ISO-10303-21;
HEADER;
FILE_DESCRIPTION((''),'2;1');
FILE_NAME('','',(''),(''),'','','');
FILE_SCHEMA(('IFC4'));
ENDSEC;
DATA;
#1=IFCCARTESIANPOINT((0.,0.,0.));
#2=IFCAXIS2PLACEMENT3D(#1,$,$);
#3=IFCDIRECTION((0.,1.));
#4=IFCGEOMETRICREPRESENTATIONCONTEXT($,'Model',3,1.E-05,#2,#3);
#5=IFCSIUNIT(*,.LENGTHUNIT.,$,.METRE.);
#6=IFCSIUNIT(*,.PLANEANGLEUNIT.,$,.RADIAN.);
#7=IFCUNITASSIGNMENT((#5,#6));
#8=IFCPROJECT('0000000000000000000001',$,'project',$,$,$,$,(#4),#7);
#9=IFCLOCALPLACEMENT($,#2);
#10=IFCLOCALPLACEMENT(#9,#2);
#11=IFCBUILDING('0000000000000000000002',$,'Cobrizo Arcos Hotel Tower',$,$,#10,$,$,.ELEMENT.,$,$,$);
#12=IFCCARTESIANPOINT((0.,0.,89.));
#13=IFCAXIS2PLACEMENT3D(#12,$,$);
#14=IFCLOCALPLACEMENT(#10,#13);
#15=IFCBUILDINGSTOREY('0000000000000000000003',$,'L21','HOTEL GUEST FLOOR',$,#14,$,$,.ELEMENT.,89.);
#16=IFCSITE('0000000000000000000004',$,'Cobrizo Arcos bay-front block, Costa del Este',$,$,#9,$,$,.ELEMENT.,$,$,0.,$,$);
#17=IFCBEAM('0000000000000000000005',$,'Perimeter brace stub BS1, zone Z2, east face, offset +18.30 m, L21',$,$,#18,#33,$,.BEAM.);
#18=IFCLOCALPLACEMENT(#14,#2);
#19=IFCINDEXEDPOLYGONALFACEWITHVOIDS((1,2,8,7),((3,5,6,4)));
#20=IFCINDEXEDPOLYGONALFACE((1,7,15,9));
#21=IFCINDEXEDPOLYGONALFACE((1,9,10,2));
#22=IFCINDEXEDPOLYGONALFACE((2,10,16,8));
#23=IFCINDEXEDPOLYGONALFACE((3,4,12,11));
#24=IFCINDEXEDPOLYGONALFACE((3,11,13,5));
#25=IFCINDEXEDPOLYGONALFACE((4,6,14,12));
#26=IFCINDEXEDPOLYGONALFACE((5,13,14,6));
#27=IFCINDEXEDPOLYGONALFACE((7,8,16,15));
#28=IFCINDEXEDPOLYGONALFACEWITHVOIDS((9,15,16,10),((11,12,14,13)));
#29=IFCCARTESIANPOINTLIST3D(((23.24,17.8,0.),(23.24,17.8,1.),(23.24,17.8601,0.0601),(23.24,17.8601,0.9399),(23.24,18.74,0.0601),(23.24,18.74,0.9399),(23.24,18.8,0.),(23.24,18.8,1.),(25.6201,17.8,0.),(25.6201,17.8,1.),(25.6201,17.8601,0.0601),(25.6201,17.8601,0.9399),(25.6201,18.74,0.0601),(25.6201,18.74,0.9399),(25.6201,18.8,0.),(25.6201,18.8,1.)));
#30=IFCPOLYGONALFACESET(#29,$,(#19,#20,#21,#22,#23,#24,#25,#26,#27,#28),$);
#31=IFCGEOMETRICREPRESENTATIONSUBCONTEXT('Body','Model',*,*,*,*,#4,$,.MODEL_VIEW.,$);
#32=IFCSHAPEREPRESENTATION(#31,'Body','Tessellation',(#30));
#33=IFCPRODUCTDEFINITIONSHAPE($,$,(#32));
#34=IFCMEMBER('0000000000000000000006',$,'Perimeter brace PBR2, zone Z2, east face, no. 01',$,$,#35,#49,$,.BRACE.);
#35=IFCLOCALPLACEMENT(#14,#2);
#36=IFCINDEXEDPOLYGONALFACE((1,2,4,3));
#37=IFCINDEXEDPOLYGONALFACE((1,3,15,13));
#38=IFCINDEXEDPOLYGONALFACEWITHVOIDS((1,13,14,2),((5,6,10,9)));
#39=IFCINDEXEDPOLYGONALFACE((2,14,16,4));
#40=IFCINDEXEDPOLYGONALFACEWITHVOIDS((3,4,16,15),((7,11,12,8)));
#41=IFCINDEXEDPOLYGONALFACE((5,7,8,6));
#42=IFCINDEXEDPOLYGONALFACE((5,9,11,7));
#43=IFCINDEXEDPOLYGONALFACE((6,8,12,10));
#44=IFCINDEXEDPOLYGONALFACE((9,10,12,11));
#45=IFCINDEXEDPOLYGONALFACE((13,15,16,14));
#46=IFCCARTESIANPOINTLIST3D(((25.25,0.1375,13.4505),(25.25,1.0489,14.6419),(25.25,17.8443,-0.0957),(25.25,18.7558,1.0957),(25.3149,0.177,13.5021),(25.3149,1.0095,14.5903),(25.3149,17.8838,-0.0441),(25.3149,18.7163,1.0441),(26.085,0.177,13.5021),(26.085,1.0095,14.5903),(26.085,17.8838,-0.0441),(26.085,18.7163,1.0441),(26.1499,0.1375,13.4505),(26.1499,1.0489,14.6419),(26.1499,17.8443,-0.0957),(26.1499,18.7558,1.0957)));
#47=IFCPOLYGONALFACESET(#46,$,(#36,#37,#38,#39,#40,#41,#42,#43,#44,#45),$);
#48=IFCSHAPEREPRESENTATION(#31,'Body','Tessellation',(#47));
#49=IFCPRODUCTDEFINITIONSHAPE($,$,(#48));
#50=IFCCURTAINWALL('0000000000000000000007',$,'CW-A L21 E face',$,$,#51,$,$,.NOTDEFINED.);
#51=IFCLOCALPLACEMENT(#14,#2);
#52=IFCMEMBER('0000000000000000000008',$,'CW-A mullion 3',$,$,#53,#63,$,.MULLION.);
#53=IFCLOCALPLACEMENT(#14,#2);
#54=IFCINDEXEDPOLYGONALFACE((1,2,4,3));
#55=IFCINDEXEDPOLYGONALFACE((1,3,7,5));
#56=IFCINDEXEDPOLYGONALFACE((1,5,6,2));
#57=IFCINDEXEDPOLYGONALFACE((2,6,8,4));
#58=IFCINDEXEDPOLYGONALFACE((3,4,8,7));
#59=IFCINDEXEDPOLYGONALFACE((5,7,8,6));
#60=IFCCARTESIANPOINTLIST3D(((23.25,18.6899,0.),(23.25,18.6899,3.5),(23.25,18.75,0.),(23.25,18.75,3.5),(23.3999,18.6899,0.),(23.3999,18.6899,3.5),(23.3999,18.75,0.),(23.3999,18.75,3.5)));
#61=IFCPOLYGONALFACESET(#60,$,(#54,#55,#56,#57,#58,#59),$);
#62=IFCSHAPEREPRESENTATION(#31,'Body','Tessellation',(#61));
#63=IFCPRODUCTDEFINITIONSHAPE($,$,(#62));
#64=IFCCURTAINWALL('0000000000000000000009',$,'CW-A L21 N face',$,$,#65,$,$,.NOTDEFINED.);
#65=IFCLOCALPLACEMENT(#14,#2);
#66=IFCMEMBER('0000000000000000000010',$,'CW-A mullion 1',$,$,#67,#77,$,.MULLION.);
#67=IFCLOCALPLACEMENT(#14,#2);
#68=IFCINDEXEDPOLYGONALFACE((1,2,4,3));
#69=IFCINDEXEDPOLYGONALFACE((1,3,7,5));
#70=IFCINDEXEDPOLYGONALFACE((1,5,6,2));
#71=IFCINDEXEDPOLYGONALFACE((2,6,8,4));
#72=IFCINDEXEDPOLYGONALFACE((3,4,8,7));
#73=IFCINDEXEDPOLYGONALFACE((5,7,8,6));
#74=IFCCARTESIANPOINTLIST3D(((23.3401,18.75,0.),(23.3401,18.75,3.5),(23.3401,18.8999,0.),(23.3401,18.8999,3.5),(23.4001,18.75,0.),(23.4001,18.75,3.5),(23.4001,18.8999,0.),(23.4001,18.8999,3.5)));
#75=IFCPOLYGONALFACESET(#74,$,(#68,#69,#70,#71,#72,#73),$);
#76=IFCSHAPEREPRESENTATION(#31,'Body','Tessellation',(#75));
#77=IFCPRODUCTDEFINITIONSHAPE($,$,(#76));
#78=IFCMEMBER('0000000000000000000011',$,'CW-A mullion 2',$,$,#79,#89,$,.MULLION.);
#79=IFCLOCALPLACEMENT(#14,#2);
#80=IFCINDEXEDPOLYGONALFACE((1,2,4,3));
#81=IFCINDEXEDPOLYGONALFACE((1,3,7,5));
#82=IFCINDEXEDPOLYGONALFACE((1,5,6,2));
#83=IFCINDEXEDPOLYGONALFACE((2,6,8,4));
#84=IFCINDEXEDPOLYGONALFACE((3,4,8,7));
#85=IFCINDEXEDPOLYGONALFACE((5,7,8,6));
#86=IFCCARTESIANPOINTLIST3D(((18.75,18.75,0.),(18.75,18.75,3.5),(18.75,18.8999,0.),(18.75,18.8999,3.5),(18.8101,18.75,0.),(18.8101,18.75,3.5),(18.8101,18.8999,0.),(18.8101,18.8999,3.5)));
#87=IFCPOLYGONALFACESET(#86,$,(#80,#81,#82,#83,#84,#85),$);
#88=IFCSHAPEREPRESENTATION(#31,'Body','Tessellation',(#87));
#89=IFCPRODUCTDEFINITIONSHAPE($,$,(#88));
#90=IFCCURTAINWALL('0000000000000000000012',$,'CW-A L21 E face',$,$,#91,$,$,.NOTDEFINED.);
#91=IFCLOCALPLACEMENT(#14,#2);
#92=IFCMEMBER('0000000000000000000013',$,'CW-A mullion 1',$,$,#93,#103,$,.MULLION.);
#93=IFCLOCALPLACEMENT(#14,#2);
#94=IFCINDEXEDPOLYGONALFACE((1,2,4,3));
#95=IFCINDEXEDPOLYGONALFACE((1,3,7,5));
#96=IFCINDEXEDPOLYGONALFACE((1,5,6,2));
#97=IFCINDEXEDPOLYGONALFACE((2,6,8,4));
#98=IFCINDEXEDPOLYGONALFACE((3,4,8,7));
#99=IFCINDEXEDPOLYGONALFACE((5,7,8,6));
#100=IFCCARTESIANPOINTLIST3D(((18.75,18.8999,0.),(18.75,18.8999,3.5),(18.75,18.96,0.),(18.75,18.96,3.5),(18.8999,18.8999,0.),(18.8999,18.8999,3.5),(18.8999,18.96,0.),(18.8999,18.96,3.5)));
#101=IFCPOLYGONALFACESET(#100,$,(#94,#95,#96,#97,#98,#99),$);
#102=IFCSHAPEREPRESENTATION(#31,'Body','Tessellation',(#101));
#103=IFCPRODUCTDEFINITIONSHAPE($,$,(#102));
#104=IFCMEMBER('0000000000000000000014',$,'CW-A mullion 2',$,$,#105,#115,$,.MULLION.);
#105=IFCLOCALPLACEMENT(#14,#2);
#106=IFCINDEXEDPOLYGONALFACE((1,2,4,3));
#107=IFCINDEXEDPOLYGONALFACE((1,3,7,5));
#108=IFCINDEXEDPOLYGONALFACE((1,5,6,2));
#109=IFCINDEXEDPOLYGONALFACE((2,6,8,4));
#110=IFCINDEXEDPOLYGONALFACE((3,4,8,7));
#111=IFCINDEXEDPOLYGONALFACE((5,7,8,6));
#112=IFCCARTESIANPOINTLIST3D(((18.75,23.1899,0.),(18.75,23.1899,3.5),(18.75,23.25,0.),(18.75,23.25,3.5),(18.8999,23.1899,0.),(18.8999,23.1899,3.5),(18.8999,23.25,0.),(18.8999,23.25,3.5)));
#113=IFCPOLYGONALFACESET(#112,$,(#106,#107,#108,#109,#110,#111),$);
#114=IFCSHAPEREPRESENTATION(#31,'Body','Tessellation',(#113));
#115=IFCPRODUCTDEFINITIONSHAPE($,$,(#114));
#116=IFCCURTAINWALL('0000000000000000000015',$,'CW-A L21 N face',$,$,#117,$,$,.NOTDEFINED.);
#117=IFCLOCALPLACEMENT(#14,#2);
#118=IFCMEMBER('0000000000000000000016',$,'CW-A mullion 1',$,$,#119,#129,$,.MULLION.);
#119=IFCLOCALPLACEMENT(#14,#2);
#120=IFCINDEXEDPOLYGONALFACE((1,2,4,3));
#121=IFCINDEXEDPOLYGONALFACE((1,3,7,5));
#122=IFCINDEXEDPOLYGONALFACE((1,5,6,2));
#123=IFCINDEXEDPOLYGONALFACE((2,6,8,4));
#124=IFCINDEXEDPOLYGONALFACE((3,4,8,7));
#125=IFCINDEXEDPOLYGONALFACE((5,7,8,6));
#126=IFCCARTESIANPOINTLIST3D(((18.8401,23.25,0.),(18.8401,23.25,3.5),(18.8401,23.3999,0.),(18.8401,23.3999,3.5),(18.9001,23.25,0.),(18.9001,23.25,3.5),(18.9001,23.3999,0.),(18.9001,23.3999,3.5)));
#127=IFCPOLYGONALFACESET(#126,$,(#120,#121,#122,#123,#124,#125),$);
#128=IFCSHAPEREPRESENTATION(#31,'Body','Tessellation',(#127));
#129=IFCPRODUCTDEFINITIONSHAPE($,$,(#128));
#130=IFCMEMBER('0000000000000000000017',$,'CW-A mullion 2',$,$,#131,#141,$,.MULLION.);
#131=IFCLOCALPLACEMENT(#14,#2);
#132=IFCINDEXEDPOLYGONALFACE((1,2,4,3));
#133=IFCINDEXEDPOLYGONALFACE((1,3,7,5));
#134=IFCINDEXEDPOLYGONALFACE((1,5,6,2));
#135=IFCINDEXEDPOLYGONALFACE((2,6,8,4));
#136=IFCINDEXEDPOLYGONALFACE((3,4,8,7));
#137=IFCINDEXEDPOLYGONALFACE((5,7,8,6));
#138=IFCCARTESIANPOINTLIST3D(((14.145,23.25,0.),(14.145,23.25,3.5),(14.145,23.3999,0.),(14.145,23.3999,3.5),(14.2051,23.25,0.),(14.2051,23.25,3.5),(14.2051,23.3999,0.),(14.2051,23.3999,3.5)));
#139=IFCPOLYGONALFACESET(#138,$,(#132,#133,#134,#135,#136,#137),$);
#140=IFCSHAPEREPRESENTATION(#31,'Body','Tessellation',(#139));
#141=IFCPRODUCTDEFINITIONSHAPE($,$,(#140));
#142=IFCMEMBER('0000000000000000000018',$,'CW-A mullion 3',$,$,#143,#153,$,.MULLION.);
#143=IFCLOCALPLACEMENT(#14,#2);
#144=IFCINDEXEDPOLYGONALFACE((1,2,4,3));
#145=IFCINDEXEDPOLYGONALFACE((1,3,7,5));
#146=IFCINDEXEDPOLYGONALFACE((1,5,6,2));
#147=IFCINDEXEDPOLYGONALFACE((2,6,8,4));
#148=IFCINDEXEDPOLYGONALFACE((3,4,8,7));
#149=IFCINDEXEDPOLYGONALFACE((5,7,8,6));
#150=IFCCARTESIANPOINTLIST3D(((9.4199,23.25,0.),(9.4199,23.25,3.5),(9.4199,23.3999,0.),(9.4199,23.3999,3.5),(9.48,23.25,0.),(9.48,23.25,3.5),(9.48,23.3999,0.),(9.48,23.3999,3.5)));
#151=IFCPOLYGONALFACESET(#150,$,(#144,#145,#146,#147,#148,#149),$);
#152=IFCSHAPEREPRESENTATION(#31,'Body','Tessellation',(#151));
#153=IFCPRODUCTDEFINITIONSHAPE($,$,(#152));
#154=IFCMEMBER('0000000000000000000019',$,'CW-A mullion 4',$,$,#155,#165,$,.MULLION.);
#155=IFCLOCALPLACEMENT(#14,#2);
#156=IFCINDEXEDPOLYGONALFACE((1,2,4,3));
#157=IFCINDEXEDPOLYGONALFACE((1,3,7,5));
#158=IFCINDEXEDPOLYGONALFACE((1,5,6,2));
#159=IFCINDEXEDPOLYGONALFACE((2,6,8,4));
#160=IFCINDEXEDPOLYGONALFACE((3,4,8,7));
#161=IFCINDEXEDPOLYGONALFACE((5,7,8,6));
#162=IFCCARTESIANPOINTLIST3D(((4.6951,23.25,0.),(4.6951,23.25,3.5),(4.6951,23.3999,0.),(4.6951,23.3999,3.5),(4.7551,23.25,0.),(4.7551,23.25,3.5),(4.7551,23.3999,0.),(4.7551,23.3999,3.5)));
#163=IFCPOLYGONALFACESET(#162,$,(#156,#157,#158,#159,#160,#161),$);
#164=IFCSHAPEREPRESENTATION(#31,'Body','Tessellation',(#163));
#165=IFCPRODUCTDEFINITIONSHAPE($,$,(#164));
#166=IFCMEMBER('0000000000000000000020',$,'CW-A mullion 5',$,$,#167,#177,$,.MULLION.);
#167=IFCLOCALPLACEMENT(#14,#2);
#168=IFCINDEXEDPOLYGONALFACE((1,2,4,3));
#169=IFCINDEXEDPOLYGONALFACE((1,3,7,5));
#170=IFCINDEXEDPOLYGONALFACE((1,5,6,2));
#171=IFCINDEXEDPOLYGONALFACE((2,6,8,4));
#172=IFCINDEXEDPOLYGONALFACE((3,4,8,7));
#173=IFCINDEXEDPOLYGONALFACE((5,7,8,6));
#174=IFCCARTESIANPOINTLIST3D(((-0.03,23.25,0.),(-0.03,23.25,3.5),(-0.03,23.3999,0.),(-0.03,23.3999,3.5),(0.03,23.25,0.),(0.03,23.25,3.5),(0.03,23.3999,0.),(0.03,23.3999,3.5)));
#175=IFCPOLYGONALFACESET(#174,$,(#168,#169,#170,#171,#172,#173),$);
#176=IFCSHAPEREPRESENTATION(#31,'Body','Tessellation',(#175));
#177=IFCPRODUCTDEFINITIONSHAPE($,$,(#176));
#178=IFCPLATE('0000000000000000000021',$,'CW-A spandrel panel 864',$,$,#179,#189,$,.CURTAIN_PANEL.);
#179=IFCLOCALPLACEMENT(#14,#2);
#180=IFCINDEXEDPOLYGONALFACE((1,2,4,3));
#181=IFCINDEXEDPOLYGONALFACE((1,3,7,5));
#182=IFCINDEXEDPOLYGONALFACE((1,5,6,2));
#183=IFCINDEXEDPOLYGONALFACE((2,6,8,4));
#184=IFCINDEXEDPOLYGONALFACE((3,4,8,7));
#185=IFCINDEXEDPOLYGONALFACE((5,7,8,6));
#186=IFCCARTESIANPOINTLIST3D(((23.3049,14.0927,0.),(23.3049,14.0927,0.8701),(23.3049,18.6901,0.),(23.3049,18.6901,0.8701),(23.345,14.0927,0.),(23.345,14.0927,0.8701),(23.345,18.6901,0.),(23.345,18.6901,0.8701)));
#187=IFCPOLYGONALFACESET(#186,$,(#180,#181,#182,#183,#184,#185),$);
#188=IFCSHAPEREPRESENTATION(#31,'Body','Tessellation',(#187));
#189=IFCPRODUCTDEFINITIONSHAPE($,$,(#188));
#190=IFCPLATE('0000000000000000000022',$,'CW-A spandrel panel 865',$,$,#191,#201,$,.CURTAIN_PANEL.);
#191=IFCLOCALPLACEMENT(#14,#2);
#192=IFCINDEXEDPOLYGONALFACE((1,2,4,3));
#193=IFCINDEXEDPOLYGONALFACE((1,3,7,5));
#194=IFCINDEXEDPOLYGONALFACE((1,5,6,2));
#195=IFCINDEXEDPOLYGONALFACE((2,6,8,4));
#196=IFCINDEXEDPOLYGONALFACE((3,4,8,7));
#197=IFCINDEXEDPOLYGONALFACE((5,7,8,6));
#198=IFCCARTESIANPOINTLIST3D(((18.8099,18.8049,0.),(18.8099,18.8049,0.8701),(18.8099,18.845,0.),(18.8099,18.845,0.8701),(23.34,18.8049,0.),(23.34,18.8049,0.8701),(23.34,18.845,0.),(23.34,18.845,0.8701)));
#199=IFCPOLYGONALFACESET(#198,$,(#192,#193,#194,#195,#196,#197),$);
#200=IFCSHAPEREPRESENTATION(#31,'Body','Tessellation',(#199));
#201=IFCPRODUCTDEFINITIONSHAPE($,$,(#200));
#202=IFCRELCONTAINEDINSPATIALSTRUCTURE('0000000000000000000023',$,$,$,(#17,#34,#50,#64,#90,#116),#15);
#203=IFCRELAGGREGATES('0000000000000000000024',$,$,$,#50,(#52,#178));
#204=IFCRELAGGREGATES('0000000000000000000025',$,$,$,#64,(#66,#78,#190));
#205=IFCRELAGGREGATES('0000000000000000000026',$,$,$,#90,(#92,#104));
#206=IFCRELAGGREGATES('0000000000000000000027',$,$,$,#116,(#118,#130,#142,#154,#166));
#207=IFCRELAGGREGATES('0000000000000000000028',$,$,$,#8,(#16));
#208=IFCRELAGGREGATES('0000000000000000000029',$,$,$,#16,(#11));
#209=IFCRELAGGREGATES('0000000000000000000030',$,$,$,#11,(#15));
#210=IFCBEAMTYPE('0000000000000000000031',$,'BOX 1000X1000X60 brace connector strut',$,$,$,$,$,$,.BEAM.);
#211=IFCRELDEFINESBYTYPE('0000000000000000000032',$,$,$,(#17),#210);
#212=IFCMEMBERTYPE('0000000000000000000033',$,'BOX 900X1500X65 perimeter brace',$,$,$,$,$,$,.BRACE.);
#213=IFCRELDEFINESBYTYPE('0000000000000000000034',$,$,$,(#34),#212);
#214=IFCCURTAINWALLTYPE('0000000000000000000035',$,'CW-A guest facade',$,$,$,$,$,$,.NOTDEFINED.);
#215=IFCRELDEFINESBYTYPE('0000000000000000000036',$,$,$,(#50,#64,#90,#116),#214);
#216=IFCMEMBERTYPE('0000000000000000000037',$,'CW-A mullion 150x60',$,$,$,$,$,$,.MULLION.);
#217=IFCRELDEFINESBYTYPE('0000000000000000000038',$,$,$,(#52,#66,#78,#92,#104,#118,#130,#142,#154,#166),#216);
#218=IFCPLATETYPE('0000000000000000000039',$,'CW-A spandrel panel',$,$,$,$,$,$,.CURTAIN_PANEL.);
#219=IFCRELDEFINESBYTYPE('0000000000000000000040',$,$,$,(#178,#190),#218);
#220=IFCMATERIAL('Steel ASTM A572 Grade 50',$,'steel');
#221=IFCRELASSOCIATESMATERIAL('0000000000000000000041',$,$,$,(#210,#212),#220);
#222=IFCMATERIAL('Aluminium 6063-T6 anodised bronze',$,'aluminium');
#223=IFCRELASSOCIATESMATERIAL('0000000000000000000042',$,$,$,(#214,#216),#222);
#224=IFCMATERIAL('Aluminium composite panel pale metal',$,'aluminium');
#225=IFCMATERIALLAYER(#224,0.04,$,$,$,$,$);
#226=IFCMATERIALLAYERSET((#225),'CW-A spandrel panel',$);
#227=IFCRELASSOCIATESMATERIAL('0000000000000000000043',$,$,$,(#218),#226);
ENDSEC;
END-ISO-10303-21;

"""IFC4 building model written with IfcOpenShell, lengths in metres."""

from ifc_helpers import new_model, si_unit, direction, frame, origin, origin_2d, place, context, subcontext, project, spatial, rectangle, hollow_rectangle, extrude, material, layer, layer_set, material_profile, profile_set, type_object, element, aggregate, save


model = new_model("IFC4")

# Units and contexts
model_context = context("Model", 3, precision=1e-05, world=origin(), true_north=direction((0.0, 1.0)))
body_context = subcontext(model_context, "Body", "Model", "MODEL_VIEW")
ifc_project = project(units=[si_unit("LENGTHUNIT", "METRE"), si_unit("PLANEANGLEUNIT", "RADIAN")], contexts=[model_context])

# Site, building, storey
site_placement = place(None, origin())
site = spatial("IfcSite", under=ifc_project, at=site_placement, Name="Cobrizo Arcos bay-front block, Costa del Este", CompositionType="ELEMENT", RefElevation=0.0)
building_placement = place(site_placement, origin())
building = spatial("IfcBuilding", under=site, at=building_placement, Name="Cobrizo Arcos Hotel Tower", CompositionType="ELEMENT")
storey_placement = place(building_placement, frame((0.0, 0.0, 89.0)))
storey = spatial("IfcBuildingStorey", under=building, at=storey_placement, Name="L21", Description="HOTEL GUEST FLOOR", CompositionType="ELEMENT", Elevation=89.0)

# Beam
ifc_material_1 = material(Name="Steel ASTM A572 Grade 50", Category="steel")
ifc_material_profile_1 = material_profile(ifc_material_1, hollow_rectangle(XDim=1.0, YDim=1.0, WallThickness=0.0601, at=origin_2d()), Name="BOX 1000X1000X60")
ifc_profile_set_1 = profile_set([ifc_material_profile_1], Name="Steel ASTM A572 Grade 50")
beam_type = type_object("IfcBeamType", Name="BOX 1000X1000X60 brace connector strut", PredefinedType="BEAM", material=ifc_profile_set_1)
beam_placement = place(storey_placement, frame((23.24, 18.3, 0.5), z_axis=(1.0, 0.0, 0.0), x_axis=(0.0, 1.0, 0.0)))
element("IfcBeam", 1, at=beam_placement, inside=storey, type_object=beam_type, Name="Perimeter brace stub BS1, zone Z2, east face, offset +18.30 m, L21", PredefinedType="BEAM", context=body_context, shape_type="SweptSolid", body=[
    extrude(hollow_rectangle(XDim=1.0, YDim=1.0, WallThickness=0.0601, at=origin_2d()), origin(), (0.0, 0.0, 1.0), 2.3801),
])

# Member
ifc_material_profile_2 = material_profile(ifc_material_1, hollow_rectangle(XDim=0.8999, YDim=1.5, WallThickness=0.0649, at=origin_2d()), Name="BOX 900X1500X65")
ifc_profile_set_2 = profile_set([ifc_material_profile_2], Name="Steel ASTM A572 Grade 50")
member_type_1 = type_object("IfcMemberType", Name="BOX 900X1500X65 perimeter brace", PredefinedType="BRACE", material=ifc_profile_set_2)
member_1_placement = place(storey_placement, frame((25.7, 18.3, 0.5), z_axis=(0.0, -0.794235, 0.60761), x_axis=(1.0, 0.0, 0.0)))
element("IfcMember", 2, at=member_1_placement, inside=storey, type_object=member_type_1, Name="Perimeter brace PBR2, zone Z2, east face, no. 01", PredefinedType="BRACE", context=body_context, shape_type="SweptSolid", body=[
    extrude(hollow_rectangle(XDim=0.8999, YDim=1.5, WallThickness=0.0649, at=origin_2d()), origin(), (0.0, 0.0, 1.0), 22.2942),
])

# Curtain wall, member
ifc_material_2 = material(Name="Aluminium 6063-T6 anodised bronze", Category="aluminium")
curtain_wall_type = type_object("IfcCurtainWallType", Name="CW-A guest facade", PredefinedType="NOTDEFINED", material=ifc_material_2)
curtain_wall_1_placement = place(storey_placement, origin())
curtain_wall_1 = element("IfcCurtainWall", 3, at=curtain_wall_1_placement, inside=storey, type_object=curtain_wall_type, Name="CW-A L21 E face", PredefinedType="NOTDEFINED")
ifc_material_profile_3 = material_profile(ifc_material_2, rectangle(XDim=0.1499, YDim=0.0601, at=origin_2d()), Name="CW-A mullion 150x60")
ifc_profile_set_3 = profile_set([ifc_material_profile_3], Name="Aluminium 6063-T6 anodised bronze")
member_type_2 = type_object("IfcMemberType", Name="CW-A mullion 150x60", PredefinedType="MULLION", material=ifc_profile_set_3)
member_2_placement = place(storey_placement, frame((23.325, 18.72, 0.0), z_axis=(0.0, 0.0, 1.0), x_axis=(1.0, 0.0, 0.0)))
member_2 = element("IfcMember", 4, at=member_2_placement, type_object=member_type_2, Name="CW-A mullion 3", PredefinedType="MULLION", context=body_context, shape_type="SweptSolid", body=[
    extrude(rectangle(XDim=0.1499, YDim=0.0601, at=origin_2d()), origin(), (0.0, 0.0, 1.0), 3.5),
])

# Curtain walls, members
curtain_wall_2_placement = place(storey_placement, origin())
curtain_wall_2 = element("IfcCurtainWall", 5, at=curtain_wall_2_placement, inside=storey, type_object=curtain_wall_type, Name="CW-A L21 N face", PredefinedType="NOTDEFINED")
member_3_placement = place(storey_placement, frame((23.3701, 18.825, 0.0), z_axis=(0.0, 0.0, 1.0), x_axis=(0.0, 1.0, 0.0)))
member_3 = element("IfcMember", 6, at=member_3_placement, type_object=member_type_2, Name="CW-A mullion 1", PredefinedType="MULLION", context=body_context, shape_type="SweptSolid", body=[
    extrude(rectangle(XDim=0.1499, YDim=0.0601, at=origin_2d()), origin(), (0.0, 0.0, 1.0), 3.5),
])
member_4_placement = place(storey_placement, frame((18.78, 18.825, 0.0), z_axis=(0.0, 0.0, 1.0), x_axis=(0.0, 1.0, 0.0)))
member_4 = element("IfcMember", 7, at=member_4_placement, type_object=member_type_2, Name="CW-A mullion 2", PredefinedType="MULLION", context=body_context, shape_type="SweptSolid", body=[
    extrude(rectangle(XDim=0.1499, YDim=0.0601, at=origin_2d()), origin(), (0.0, 0.0, 1.0), 3.5),
])
curtain_wall_3_placement = place(storey_placement, origin())
curtain_wall_3 = element("IfcCurtainWall", 8, at=curtain_wall_3_placement, inside=storey, type_object=curtain_wall_type, Name="CW-A L21 E face", PredefinedType="NOTDEFINED")
member_5_placement = place(storey_placement, frame((18.825, 18.9299, 0.0), z_axis=(0.0, 0.0, 1.0), x_axis=(1.0, 0.0, 0.0)))
member_5 = element("IfcMember", 9, at=member_5_placement, type_object=member_type_2, Name="CW-A mullion 1", PredefinedType="MULLION", context=body_context, shape_type="SweptSolid", body=[
    extrude(rectangle(XDim=0.1499, YDim=0.0601, at=origin_2d()), origin(), (0.0, 0.0, 1.0), 3.5),
])
member_6_placement = place(storey_placement, frame((18.825, 23.22, 0.0), z_axis=(0.0, 0.0, 1.0), x_axis=(1.0, 0.0, 0.0)))
member_6 = element("IfcMember", 10, at=member_6_placement, type_object=member_type_2, Name="CW-A mullion 2", PredefinedType="MULLION", context=body_context, shape_type="SweptSolid", body=[
    extrude(rectangle(XDim=0.1499, YDim=0.0601, at=origin_2d()), origin(), (0.0, 0.0, 1.0), 3.5),
])
curtain_wall_4_placement = place(storey_placement, origin())
curtain_wall_4 = element("IfcCurtainWall", 11, at=curtain_wall_4_placement, inside=storey, type_object=curtain_wall_type, Name="CW-A L21 N face", PredefinedType="NOTDEFINED")
member_7_placement = place(storey_placement, frame((18.8701, 23.325, 0.0), z_axis=(0.0, 0.0, 1.0), x_axis=(0.0, 1.0, 0.0)))
member_7 = element("IfcMember", 12, at=member_7_placement, type_object=member_type_2, Name="CW-A mullion 1", PredefinedType="MULLION", context=body_context, shape_type="SweptSolid", body=[
    extrude(rectangle(XDim=0.1499, YDim=0.0601, at=origin_2d()), origin(), (0.0, 0.0, 1.0), 3.5),
])
member_8_placement = place(storey_placement, frame((14.175, 23.325, 0.0), z_axis=(0.0, 0.0, 1.0), x_axis=(0.0, 1.0, 0.0)))
member_8 = element("IfcMember", 13, at=member_8_placement, type_object=member_type_2, Name="CW-A mullion 2", PredefinedType="MULLION", context=body_context, shape_type="SweptSolid", body=[
    extrude(rectangle(XDim=0.1499, YDim=0.0601, at=origin_2d()), origin(), (0.0, 0.0, 1.0), 3.5),
])
member_9_placement = place(storey_placement, frame((9.45, 23.325, 0.0), z_axis=(0.0, 0.0, 1.0), x_axis=(0.0, 1.0, 0.0)))
member_9 = element("IfcMember", 14, at=member_9_placement, type_object=member_type_2, Name="CW-A mullion 3", PredefinedType="MULLION", context=body_context, shape_type="SweptSolid", body=[
    extrude(rectangle(XDim=0.1499, YDim=0.0601, at=origin_2d()), origin(), (0.0, 0.0, 1.0), 3.5),
])
member_10_placement = place(storey_placement, frame((4.7251, 23.325, 0.0), z_axis=(0.0, 0.0, 1.0), x_axis=(0.0, 1.0, 0.0)))
member_10 = element("IfcMember", 15, at=member_10_placement, type_object=member_type_2, Name="CW-A mullion 4", PredefinedType="MULLION", context=body_context, shape_type="SweptSolid", body=[
    extrude(rectangle(XDim=0.1499, YDim=0.0601, at=origin_2d()), origin(), (0.0, 0.0, 1.0), 3.5),
])
member_11_placement = place(storey_placement, frame((0.0, 23.325, 0.0), z_axis=(0.0, 0.0, 1.0), x_axis=(0.0, 1.0, 0.0)))
member_11 = element("IfcMember", 16, at=member_11_placement, type_object=member_type_2, Name="CW-A mullion 5", PredefinedType="MULLION", context=body_context, shape_type="SweptSolid", body=[
    extrude(rectangle(XDim=0.1499, YDim=0.0601, at=origin_2d()), origin(), (0.0, 0.0, 1.0), 3.5),
])

# Plates
ifc_material_3 = material(Name="Aluminium composite panel pale metal", Category="aluminium")
ifc_layer_1 = layer(ifc_material_3, 0.04)
ifc_layer_set_1 = layer_set([ifc_layer_1], Name="CW-A spandrel panel")
plate_type = type_object("IfcPlateType", Name="CW-A spandrel panel", PredefinedType="CURTAIN_PANEL", material=ifc_layer_set_1)
plate_1_placement = place(storey_placement, frame((23.325, 16.3914, 0.0), z_axis=(0.0, 0.0, 1.0), x_axis=(0.0, 1.0, 0.0)))
plate_1 = element("IfcPlate", 17, at=plate_1_placement, type_object=plate_type, Name="CW-A spandrel panel 864", PredefinedType="CURTAIN_PANEL", context=body_context, shape_type="SweptSolid", body=[
    extrude(rectangle(XDim=4.5974, YDim=0.04, at=origin_2d()), origin(), (0.0, 0.0, 1.0), 0.8701),
])
aggregate(curtain_wall_1, [member_2, plate_1])
plate_2_placement = place(storey_placement, frame((21.075, 18.825, 0.0), z_axis=(0.0, 0.0, 1.0), x_axis=(-1.0, 0.0, 0.0)))
plate_2 = element("IfcPlate", 18, at=plate_2_placement, type_object=plate_type, Name="CW-A spandrel panel 865", PredefinedType="CURTAIN_PANEL", context=body_context, shape_type="SweptSolid", body=[
    extrude(rectangle(XDim=4.53, YDim=0.04, at=origin_2d()), origin(), (0.0, 0.0, 1.0), 0.8701),
])
aggregate(curtain_wall_2, [member_3, member_4, plate_2])
aggregate(curtain_wall_3, [member_5, member_6])
aggregate(curtain_wall_4, [member_7, member_8, member_9, member_10, member_11])

save(model, "model.ifc")
